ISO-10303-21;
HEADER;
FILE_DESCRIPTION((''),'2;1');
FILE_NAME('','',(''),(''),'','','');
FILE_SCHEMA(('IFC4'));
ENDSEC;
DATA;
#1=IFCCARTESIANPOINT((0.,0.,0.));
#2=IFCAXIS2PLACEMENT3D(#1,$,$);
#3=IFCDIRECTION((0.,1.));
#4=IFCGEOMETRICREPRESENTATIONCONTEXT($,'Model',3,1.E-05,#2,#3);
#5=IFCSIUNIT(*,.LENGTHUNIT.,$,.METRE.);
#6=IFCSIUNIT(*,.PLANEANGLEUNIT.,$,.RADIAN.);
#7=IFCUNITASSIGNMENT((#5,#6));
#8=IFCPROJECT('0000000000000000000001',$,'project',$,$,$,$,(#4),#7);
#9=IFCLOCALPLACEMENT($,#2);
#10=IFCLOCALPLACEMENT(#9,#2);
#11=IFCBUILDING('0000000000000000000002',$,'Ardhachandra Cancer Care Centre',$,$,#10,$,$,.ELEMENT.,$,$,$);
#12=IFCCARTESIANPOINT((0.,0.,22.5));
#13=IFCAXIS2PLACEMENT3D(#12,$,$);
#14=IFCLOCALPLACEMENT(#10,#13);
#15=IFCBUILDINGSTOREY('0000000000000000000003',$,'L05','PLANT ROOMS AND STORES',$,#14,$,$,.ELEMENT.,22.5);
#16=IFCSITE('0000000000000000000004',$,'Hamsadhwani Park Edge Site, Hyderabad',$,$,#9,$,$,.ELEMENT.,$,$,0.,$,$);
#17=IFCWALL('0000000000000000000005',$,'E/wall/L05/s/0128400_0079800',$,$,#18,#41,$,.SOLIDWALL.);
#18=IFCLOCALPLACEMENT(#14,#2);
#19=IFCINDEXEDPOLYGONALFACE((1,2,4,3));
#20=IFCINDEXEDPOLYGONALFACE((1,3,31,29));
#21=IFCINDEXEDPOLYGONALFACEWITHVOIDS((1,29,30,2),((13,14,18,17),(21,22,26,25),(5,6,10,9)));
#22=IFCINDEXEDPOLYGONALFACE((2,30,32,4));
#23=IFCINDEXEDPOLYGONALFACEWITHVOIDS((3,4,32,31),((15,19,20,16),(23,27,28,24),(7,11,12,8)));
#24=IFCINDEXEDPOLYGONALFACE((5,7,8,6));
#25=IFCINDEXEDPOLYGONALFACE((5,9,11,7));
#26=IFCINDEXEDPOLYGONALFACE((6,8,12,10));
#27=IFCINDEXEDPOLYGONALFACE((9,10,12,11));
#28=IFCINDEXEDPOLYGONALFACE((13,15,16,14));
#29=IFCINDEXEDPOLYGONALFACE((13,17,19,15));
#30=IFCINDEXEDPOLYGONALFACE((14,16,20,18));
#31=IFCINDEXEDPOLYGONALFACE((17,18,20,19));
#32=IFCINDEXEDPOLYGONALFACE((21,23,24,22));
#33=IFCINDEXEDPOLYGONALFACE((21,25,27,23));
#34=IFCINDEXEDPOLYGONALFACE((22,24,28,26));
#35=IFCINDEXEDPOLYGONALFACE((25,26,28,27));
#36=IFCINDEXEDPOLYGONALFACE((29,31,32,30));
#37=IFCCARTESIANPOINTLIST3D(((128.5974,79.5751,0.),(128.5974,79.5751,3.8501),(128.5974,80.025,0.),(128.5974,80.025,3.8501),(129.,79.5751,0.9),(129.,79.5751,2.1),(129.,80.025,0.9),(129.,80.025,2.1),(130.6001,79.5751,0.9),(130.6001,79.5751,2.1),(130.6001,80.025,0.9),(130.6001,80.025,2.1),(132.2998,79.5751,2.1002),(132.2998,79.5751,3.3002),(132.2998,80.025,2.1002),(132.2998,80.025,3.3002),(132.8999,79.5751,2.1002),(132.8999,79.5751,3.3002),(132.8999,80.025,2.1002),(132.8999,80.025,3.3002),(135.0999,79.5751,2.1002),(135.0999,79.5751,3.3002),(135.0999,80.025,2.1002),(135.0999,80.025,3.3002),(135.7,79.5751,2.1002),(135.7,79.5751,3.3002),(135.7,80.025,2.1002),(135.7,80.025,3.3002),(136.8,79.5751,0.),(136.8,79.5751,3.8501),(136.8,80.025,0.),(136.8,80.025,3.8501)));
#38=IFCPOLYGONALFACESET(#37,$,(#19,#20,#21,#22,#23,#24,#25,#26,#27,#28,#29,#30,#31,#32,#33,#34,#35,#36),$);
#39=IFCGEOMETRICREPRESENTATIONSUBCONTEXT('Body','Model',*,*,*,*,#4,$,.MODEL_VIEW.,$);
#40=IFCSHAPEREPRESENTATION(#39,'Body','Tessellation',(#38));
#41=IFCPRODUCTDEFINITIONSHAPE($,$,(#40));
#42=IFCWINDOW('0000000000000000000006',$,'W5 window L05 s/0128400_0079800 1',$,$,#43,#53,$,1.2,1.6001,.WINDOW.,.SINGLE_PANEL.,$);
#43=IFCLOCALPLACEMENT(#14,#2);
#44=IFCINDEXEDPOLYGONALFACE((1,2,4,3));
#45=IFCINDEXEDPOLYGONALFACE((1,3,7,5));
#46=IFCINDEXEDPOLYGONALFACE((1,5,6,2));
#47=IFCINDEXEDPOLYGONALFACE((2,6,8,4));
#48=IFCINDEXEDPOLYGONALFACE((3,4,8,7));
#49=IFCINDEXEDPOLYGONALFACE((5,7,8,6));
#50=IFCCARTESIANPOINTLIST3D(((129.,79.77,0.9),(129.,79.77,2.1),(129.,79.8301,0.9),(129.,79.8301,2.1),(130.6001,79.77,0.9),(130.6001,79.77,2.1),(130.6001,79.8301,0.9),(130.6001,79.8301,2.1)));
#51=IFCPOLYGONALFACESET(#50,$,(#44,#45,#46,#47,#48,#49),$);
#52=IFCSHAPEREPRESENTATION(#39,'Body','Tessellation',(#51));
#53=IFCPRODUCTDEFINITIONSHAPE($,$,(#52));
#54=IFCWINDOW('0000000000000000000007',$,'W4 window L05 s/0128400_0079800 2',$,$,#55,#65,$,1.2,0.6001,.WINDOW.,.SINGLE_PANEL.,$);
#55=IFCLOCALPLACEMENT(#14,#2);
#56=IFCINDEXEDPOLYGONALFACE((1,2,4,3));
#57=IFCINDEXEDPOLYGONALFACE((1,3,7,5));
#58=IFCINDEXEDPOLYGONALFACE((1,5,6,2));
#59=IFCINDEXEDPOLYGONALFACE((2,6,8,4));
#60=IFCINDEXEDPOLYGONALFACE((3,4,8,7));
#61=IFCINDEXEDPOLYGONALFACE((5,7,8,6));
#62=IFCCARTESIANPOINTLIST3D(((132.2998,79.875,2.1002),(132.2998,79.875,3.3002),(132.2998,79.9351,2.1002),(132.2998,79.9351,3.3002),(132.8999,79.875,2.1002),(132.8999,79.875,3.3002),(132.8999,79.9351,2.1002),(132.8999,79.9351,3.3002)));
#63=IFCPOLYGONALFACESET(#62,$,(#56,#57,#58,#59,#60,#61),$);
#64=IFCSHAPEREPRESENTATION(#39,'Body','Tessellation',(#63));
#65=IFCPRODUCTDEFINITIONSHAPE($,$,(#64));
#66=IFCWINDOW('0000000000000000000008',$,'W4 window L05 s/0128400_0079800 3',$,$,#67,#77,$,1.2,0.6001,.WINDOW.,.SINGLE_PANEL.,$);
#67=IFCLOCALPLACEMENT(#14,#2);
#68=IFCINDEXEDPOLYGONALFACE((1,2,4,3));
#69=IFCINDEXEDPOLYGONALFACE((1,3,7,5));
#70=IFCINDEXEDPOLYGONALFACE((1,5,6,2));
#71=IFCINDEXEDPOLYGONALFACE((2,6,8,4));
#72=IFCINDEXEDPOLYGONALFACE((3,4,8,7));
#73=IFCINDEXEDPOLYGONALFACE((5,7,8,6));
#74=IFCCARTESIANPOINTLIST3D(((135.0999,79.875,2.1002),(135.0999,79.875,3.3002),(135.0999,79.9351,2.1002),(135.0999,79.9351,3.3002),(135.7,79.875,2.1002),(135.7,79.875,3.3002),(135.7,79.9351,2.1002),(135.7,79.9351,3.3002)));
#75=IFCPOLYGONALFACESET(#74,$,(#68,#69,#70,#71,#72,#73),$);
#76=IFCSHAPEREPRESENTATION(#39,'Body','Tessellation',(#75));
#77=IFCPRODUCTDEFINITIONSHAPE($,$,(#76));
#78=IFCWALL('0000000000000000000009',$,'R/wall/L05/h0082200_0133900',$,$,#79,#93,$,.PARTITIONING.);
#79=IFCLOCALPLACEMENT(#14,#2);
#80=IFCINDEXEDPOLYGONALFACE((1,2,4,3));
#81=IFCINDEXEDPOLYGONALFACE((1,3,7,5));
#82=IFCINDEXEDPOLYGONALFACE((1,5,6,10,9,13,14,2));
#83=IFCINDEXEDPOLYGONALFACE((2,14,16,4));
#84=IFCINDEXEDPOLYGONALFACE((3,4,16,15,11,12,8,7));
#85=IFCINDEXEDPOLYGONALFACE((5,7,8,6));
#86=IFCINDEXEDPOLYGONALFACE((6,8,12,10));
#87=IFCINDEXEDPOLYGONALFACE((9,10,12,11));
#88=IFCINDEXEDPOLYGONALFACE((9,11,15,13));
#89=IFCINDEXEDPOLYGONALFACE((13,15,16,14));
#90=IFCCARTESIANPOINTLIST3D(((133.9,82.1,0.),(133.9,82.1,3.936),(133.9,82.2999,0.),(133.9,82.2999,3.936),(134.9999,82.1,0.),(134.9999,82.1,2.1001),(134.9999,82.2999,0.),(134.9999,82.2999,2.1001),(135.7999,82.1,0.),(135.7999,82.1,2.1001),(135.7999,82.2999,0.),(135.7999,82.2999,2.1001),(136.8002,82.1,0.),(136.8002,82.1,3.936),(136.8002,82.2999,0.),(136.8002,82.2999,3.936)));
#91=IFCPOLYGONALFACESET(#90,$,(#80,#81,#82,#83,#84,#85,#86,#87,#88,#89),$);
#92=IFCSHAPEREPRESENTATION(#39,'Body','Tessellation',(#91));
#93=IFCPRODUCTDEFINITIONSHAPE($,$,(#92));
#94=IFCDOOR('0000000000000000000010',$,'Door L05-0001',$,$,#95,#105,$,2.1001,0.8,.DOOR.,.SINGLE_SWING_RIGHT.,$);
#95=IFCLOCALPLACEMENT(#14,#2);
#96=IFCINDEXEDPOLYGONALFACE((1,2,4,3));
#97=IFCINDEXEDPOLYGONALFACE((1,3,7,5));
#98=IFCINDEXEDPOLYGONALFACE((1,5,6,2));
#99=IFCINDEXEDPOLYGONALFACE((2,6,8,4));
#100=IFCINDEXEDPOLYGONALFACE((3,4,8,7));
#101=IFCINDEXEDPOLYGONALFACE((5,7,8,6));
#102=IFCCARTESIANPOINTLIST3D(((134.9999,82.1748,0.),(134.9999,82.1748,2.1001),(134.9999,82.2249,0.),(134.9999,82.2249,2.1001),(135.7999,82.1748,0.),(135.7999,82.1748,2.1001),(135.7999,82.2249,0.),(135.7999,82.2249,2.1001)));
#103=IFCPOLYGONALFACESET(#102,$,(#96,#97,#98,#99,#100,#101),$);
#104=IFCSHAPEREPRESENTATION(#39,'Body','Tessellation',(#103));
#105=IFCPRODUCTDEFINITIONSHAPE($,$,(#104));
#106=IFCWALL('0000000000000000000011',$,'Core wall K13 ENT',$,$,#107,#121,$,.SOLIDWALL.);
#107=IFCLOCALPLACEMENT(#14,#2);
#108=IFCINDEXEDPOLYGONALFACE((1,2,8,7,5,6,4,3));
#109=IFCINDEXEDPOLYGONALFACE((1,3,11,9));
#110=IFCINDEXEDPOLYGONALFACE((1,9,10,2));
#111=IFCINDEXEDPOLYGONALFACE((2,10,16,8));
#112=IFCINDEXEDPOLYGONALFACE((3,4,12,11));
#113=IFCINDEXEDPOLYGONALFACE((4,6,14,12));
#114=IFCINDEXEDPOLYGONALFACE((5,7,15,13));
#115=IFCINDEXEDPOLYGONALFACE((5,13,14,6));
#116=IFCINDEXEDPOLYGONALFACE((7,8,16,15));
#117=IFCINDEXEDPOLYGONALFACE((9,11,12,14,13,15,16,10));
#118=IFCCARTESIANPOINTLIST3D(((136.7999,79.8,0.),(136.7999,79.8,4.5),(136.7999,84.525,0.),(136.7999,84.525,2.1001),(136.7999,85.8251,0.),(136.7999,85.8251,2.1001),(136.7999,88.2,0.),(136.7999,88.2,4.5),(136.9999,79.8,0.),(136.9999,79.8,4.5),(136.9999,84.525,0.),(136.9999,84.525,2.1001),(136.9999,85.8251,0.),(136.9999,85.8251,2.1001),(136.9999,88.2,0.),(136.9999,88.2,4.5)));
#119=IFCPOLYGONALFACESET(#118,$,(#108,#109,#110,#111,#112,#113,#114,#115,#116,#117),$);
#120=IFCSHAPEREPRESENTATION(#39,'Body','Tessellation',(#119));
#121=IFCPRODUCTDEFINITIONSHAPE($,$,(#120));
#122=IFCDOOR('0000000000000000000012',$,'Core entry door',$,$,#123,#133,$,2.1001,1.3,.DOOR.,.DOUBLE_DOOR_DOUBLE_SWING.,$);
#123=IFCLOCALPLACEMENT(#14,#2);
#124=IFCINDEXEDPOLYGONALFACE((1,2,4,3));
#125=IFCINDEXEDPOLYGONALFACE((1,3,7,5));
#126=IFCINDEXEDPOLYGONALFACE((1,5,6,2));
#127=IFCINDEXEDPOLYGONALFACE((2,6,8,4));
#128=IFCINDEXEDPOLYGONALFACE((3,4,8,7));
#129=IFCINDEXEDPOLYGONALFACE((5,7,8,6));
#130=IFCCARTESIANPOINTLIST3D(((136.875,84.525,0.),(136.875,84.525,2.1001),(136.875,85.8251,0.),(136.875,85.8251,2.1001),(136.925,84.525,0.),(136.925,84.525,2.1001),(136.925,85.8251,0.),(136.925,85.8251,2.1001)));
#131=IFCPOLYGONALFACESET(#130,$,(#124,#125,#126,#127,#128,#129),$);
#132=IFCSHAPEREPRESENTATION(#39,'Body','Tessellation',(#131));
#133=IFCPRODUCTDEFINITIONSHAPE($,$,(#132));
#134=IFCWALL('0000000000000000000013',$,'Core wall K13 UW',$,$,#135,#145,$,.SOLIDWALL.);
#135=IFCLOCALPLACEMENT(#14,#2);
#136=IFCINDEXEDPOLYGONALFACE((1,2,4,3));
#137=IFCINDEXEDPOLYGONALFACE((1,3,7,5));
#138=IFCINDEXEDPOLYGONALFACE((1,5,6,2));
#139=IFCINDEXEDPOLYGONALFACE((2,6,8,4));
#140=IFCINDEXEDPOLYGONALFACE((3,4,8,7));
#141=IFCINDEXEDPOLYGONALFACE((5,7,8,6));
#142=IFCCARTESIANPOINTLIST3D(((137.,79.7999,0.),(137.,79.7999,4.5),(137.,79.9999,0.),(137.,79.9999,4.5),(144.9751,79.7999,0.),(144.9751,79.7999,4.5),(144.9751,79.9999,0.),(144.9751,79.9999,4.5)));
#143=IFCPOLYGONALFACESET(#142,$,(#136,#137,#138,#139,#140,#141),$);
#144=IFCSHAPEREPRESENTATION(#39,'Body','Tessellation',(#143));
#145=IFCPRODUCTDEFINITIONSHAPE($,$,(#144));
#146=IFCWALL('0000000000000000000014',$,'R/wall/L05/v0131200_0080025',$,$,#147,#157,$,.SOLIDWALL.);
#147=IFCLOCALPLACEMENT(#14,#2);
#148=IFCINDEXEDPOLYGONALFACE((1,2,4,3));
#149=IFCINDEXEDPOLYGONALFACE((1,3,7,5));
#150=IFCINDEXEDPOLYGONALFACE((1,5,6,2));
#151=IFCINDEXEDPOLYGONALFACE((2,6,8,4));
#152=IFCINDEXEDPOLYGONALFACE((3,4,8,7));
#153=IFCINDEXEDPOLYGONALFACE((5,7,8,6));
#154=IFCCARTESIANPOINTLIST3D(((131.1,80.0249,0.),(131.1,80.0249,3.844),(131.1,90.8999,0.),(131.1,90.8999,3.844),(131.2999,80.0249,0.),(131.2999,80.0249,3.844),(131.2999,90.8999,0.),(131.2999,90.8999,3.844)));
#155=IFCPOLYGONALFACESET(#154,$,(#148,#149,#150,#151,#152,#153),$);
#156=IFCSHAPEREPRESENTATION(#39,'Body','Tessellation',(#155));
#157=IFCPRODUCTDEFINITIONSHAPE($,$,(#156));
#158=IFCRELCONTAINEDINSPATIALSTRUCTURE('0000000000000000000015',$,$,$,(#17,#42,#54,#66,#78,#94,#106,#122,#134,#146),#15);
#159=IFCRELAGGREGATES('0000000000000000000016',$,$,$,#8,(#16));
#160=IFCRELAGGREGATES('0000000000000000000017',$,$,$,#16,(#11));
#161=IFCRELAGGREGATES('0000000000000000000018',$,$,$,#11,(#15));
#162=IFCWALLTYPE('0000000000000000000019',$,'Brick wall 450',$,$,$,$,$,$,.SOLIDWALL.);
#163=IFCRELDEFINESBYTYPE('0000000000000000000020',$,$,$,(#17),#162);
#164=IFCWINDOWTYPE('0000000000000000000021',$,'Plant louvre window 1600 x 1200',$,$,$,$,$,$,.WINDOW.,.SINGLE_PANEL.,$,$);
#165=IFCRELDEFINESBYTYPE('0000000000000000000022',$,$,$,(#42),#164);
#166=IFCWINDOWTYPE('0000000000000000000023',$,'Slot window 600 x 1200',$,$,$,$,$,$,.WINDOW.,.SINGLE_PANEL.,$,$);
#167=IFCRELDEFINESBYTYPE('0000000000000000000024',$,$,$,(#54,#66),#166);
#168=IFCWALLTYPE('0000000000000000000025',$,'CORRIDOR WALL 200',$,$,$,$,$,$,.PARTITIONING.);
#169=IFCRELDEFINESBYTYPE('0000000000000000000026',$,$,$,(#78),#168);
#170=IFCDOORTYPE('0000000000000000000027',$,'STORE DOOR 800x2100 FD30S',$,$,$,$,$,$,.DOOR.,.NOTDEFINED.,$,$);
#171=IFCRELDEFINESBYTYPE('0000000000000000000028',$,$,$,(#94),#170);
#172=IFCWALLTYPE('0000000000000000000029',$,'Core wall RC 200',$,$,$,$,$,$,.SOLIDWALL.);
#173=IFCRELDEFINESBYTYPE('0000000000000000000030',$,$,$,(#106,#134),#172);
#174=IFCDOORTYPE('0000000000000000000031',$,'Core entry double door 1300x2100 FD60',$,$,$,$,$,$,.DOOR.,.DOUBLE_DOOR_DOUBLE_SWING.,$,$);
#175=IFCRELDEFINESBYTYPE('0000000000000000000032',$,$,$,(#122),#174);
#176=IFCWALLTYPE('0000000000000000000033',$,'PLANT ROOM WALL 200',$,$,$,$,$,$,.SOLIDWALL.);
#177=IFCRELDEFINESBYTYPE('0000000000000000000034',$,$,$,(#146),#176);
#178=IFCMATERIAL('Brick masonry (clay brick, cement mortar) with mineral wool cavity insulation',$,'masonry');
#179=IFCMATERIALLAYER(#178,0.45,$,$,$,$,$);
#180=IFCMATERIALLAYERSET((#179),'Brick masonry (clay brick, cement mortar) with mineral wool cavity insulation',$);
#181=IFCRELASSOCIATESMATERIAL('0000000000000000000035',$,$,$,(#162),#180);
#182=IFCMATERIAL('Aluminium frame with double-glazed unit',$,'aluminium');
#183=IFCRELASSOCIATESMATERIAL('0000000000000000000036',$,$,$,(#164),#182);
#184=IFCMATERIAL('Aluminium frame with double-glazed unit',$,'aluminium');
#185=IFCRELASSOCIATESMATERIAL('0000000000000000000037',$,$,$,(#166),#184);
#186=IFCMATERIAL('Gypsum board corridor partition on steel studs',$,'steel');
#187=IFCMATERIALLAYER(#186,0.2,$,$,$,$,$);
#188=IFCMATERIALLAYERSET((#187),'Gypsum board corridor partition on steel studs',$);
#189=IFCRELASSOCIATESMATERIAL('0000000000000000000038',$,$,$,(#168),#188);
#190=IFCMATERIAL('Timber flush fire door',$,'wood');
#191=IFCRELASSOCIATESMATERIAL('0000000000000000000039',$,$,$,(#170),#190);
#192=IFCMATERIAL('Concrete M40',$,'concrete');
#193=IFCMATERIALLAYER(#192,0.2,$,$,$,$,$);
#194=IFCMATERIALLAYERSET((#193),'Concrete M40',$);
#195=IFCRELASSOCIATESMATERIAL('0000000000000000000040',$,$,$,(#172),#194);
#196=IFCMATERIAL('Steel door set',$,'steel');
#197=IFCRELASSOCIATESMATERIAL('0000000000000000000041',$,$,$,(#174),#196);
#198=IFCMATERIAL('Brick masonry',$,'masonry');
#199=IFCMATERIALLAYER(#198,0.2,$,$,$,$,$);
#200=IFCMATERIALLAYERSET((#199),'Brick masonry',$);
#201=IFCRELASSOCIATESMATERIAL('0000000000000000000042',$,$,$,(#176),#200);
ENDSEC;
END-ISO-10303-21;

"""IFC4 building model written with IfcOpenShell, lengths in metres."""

from ifc_helpers import new_model, si_unit, direction, frame, frame_2d, origin, place, context, subcontext, project, spatial, rectangle, extrude, material, layer, layer_set, type_object, element, fill, save


model = new_model("IFC4")

# Units and contexts
model_context = context("Model", 3, precision=1e-05, world=origin(), true_north=direction((0.0, 1.0)))
body_context = subcontext(model_context, "Body", "Model", "MODEL_VIEW")
ifc_project = project(units=[si_unit("LENGTHUNIT", "METRE"), si_unit("PLANEANGLEUNIT", "RADIAN")], contexts=[model_context])

# Site, building, storey
site_placement = place(None, origin())
site = spatial("IfcSite", under=ifc_project, at=site_placement, Name="Hamsadhwani Park Edge Site, Hyderabad", CompositionType="ELEMENT", RefElevation=0.0)
building_placement = place(site_placement, origin())
building = spatial("IfcBuilding", under=site, at=building_placement, Name="Ardhachandra Cancer Care Centre", CompositionType="ELEMENT")
storey_placement = place(building_placement, frame((0.0, 0.0, 22.5)))
storey = spatial("IfcBuildingStorey", under=building, at=storey_placement, Name="L05", Description="PLANT ROOMS AND STORES", CompositionType="ELEMENT", Elevation=22.5)

# Wall, openings, windows
ifc_material_1 = material(Name="Brick masonry (clay brick, cement mortar) with mineral wool cavity insulation", Category="masonry")
ifc_layer_1 = layer(ifc_material_1, 0.45)
ifc_layer_set_1 = layer_set([ifc_layer_1], Name="Brick masonry (clay brick, cement mortar) with mineral wool cavity insulation")
wall_type_1 = type_object("IfcWallType", Name="Brick wall 450", PredefinedType="SOLIDWALL", material=ifc_layer_set_1)
wall_1_placement = place(storey_placement, frame((128.5974, 79.8, 0.0), z_axis=(0.0, 0.0, 1.0), x_axis=(1.0, 0.0, 0.0)))
wall_1 = element("IfcWall", 1, at=wall_1_placement, inside=storey, type_object=wall_type_1, Name="E/wall/L05/s/0128400_0079800", PredefinedType="SOLIDWALL", context=body_context, shape_type="SweptSolid", body=[
    extrude(rectangle(XDim=8.2026, YDim=0.45, at=frame_2d((4.1013, 0.0))), origin(), (0.0, 0.0, 1.0), 3.8501),
])
opening_1_placement = place(wall_1_placement, frame((0.4026, 0.0, 0.8999)))
opening_1 = element("IfcOpeningElement", 2, at=opening_1_placement, cuts=wall_1, PredefinedType="OPENING", context=body_context, shape_type="SweptSolid", body=[
    extrude(rectangle(XDim=1.6001, YDim=1.2, at=frame_2d((0.8, 0.6001))), frame((0.0, 0.2349, 0.0), z_axis=(0.0, -1.0, 0.0), x_axis=(1.0, 0.0, 0.0)), (0.0, 0.0, 1.0), 0.47),
])
opening_2_placement = place(wall_1_placement, frame((3.7024, 0.0, 2.1001)))
opening_2 = element("IfcOpeningElement", 3, at=opening_2_placement, cuts=wall_1, PredefinedType="OPENING", context=body_context, shape_type="SweptSolid", body=[
    extrude(rectangle(XDim=0.6001, YDim=1.2, at=frame_2d((0.3, 0.6001))), frame((0.0, 0.2349, 0.0), z_axis=(0.0, -1.0, 0.0), x_axis=(1.0, 0.0, 0.0)), (0.0, 0.0, 1.0), 0.47),
])
opening_3_placement = place(wall_1_placement, frame((6.5024, 0.0, 2.1001)))
opening_3 = element("IfcOpeningElement", 4, at=opening_3_placement, cuts=wall_1, PredefinedType="OPENING", context=body_context, shape_type="SweptSolid", body=[
    extrude(rectangle(XDim=0.6001, YDim=1.2, at=frame_2d((0.3, 0.6001))), frame((0.0, 0.2349, 0.0), z_axis=(0.0, -1.0, 0.0), x_axis=(1.0, 0.0, 0.0)), (0.0, 0.0, 1.0), 0.47),
])
ifc_material_2 = material(Name="Aluminium frame with double-glazed unit", Category="aluminium")
window_type_1 = type_object("IfcWindowType", Name="Plant louvre window 1600 x 1200", PartitioningType="SINGLE_PANEL", PredefinedType="WINDOW", material=ifc_material_2)
window_1_placement = place(opening_1_placement, origin())
window_1 = element("IfcWindow", 5, at=window_1_placement, inside=storey, type_object=window_type_1, Name="W5 window L05 s/0128400_0079800 1", OverallHeight=1.2, OverallWidth=1.6001, PartitioningType="SINGLE_PANEL", PredefinedType="WINDOW", context=body_context, shape_type="SweptSolid", body=[
    extrude(rectangle(XDim=1.6001, YDim=1.2, at=frame_2d((0.8, 0.6001))), frame((0.0, 0.03, 0.0), z_axis=(0.0, -1.0, 0.0), x_axis=(1.0, 0.0, 0.0)), (0.0, 0.0, 1.0), 0.0601),
])
fill(opening_1, window_1)
ifc_material_3 = material(Name="Aluminium frame with double-glazed unit", Category="aluminium")
window_type_2 = type_object("IfcWindowType", Name="Slot window 600 x 1200", PartitioningType="SINGLE_PANEL", PredefinedType="WINDOW", material=ifc_material_3)
window_2_placement = place(opening_2_placement, origin())
window_2 = element("IfcWindow", 6, at=window_2_placement, inside=storey, type_object=window_type_2, Name="W4 window L05 s/0128400_0079800 2", OverallHeight=1.2, OverallWidth=0.6001, PartitioningType="SINGLE_PANEL", PredefinedType="WINDOW", context=body_context, shape_type="SweptSolid", body=[
    extrude(rectangle(XDim=0.6001, YDim=1.2, at=frame_2d((0.3, 0.6001))), frame((0.0, 0.135, 0.0), z_axis=(0.0, -1.0, 0.0), x_axis=(1.0, 0.0, 0.0)), (0.0, 0.0, 1.0), 0.0601),
])
fill(opening_2, window_2)
window_3_placement = place(opening_3_placement, origin())
window_3 = element("IfcWindow", 7, at=window_3_placement, inside=storey, type_object=window_type_2, Name="W4 window L05 s/0128400_0079800 3", OverallHeight=1.2, OverallWidth=0.6001, PartitioningType="SINGLE_PANEL", PredefinedType="WINDOW", context=body_context, shape_type="SweptSolid", body=[
    extrude(rectangle(XDim=0.6001, YDim=1.2, at=frame_2d((0.3, 0.6001))), frame((0.0, 0.135, 0.0), z_axis=(0.0, -1.0, 0.0), x_axis=(1.0, 0.0, 0.0)), (0.0, 0.0, 1.0), 0.0601),
])
fill(opening_3, window_3)

# Walls, openings, doors
ifc_material_4 = material(Name="Gypsum board corridor partition on steel studs", Category="steel")
ifc_layer_2 = layer(ifc_material_4, 0.2)
ifc_layer_set_2 = layer_set([ifc_layer_2], Name="Gypsum board corridor partition on steel studs")
wall_type_2 = type_object("IfcWallType", Name="CORRIDOR WALL 200", PredefinedType="PARTITIONING", material=ifc_layer_set_2)
wall_2_placement = place(storey_placement, frame((133.8999, 82.2, 0.0), z_axis=(0.0, 0.0, 1.0), x_axis=(1.0, 0.0, 0.0)))
wall_2 = element("IfcWall", 8, at=wall_2_placement, inside=storey, type_object=wall_type_2, Name="R/wall/L05/h0082200_0133900", PredefinedType="PARTITIONING", context=body_context, shape_type="SweptSolid", body=[
    extrude(rectangle(XDim=2.9001, YDim=0.2, at=frame_2d((1.4502, 0.0))), origin(), (0.0, 0.0, 1.0), 3.936),
])
opening_4_placement = place(wall_2_placement, frame((1.1001, 0.0, 0.0)))
opening_4 = element("IfcOpeningElement", 9, at=opening_4_placement, cuts=wall_2, PredefinedType="OPENING", context=body_context, shape_type="SweptSolid", body=[
    extrude(rectangle(XDim=0.8, YDim=2.1001, at=frame_2d((0.3999, 1.05))), frame((0.0, 0.1099, 0.0), z_axis=(0.0, -1.0, 0.0), x_axis=(1.0, 0.0, 0.0)), (0.0, 0.0, 1.0), 0.22),
])
ifc_material_5 = material(Name="Timber flush fire door", Category="wood")
door_type_1 = type_object("IfcDoorType", Name="STORE DOOR 800x2100 FD30S", OperationType="NOTDEFINED", PredefinedType="DOOR", material=ifc_material_5)
door_1_placement = place(opening_4_placement, origin())
door_1 = element("IfcDoor", 10, at=door_1_placement, inside=storey, type_object=door_type_1, Name="Door L05-0001", OperationType="SINGLE_SWING_RIGHT", OverallHeight=2.1001, OverallWidth=0.8, PredefinedType="DOOR", context=body_context, shape_type="SweptSolid", body=[
    extrude(rectangle(XDim=0.8, YDim=2.1001, at=frame_2d((0.3999, 1.05))), frame((0.0, 0.0249, 0.0), z_axis=(0.0, -1.0, 0.0), x_axis=(1.0, 0.0, 0.0)), (0.0, 0.0, 1.0), 0.05),
])
fill(opening_4, door_1)
ifc_material_6 = material(Name="Concrete M40", Category="concrete")
ifc_layer_3 = layer(ifc_material_6, 0.2)
ifc_layer_set_3 = layer_set([ifc_layer_3], Name="Concrete M40")
wall_type_3 = type_object("IfcWallType", Name="Core wall RC 200", PredefinedType="SOLIDWALL", material=ifc_layer_set_3)
wall_3_placement = place(storey_placement, frame((136.8999, 79.8, 0.0), z_axis=(0.0, 0.0, 1.0), x_axis=(0.0, 1.0, 0.0)))
wall_3 = element("IfcWall", 11, at=wall_3_placement, inside=storey, type_object=wall_type_3, Name="Core wall K13 ENT", PredefinedType="SOLIDWALL", context=body_context, shape_type="SweptSolid", body=[
    extrude(rectangle(XDim=8.3999, YDim=0.2, at=frame_2d((4.2, 0.0))), origin(), (0.0, 0.0, 1.0), 4.5),
])
opening_5_placement = place(wall_3_placement, frame((4.7251, 0.0, 0.0)))
opening_5 = element("IfcOpeningElement", 12, at=opening_5_placement, cuts=wall_3, PredefinedType="OPENING", context=body_context, shape_type="SweptSolid", body=[
    extrude(rectangle(XDim=1.3, YDim=2.1001, at=frame_2d((0.6499, 1.05))), frame((0.0, 0.1099, 0.0), z_axis=(0.0, -1.0, 0.0), x_axis=(1.0, 0.0, 0.0)), (0.0, 0.0, 1.0), 0.22),
])
ifc_material_7 = material(Name="Steel door set", Category="steel")
door_type_2 = type_object("IfcDoorType", Name="Core entry double door 1300x2100 FD60", OperationType="DOUBLE_DOOR_DOUBLE_SWING", PredefinedType="DOOR", material=ifc_material_7)
door_2_placement = place(opening_5_placement, origin())
door_2 = element("IfcDoor", 13, at=door_2_placement, inside=storey, type_object=door_type_2, Name="Core entry door", OperationType="DOUBLE_DOOR_DOUBLE_SWING", OverallHeight=2.1001, OverallWidth=1.3, PredefinedType="DOOR", context=body_context, shape_type="SweptSolid", body=[
    extrude(rectangle(XDim=1.3, YDim=2.1001, at=frame_2d((0.6499, 1.05))), frame((0.0, 0.0249, 0.0), z_axis=(0.0, -1.0, 0.0), x_axis=(1.0, 0.0, 0.0)), (0.0, 0.0, 1.0), 0.05),
])
fill(opening_5, door_2)

# Walls
wall_4_placement = place(storey_placement, frame((137.0, 79.8999, 0.0), z_axis=(0.0, 0.0, 1.0), x_axis=(1.0, 0.0, 0.0)))
element("IfcWall", 14, at=wall_4_placement, inside=storey, type_object=wall_type_3, Name="Core wall K13 UW", PredefinedType="SOLIDWALL", context=body_context, shape_type="SweptSolid", body=[
    extrude(rectangle(XDim=7.9751, YDim=0.2, at=frame_2d((3.9875, 0.0))), origin(), (0.0, 0.0, 1.0), 4.5),
])
ifc_material_8 = material(Name="Brick masonry", Category="masonry")
ifc_layer_4 = layer(ifc_material_8, 0.2)
ifc_layer_set_4 = layer_set([ifc_layer_4], Name="Brick masonry")
wall_type_4 = type_object("IfcWallType", Name="PLANT ROOM WALL 200", PredefinedType="SOLIDWALL", material=ifc_layer_set_4)
wall_5_placement = place(storey_placement, frame((131.2, 80.0249, 0.0), z_axis=(0.0, 0.0, 1.0), x_axis=(0.0, 1.0, 0.0)))
element("IfcWall", 15, at=wall_5_placement, inside=storey, type_object=wall_type_4, Name="R/wall/L05/v0131200_0080025", PredefinedType="SOLIDWALL", context=body_context, shape_type="SweptSolid", body=[
    extrude(rectangle(XDim=10.875, YDim=0.2, at=frame_2d((5.4375, 0.0))), origin(), (0.0, 0.0, 1.0), 3.844),
])

save(model, "model.ifc")
